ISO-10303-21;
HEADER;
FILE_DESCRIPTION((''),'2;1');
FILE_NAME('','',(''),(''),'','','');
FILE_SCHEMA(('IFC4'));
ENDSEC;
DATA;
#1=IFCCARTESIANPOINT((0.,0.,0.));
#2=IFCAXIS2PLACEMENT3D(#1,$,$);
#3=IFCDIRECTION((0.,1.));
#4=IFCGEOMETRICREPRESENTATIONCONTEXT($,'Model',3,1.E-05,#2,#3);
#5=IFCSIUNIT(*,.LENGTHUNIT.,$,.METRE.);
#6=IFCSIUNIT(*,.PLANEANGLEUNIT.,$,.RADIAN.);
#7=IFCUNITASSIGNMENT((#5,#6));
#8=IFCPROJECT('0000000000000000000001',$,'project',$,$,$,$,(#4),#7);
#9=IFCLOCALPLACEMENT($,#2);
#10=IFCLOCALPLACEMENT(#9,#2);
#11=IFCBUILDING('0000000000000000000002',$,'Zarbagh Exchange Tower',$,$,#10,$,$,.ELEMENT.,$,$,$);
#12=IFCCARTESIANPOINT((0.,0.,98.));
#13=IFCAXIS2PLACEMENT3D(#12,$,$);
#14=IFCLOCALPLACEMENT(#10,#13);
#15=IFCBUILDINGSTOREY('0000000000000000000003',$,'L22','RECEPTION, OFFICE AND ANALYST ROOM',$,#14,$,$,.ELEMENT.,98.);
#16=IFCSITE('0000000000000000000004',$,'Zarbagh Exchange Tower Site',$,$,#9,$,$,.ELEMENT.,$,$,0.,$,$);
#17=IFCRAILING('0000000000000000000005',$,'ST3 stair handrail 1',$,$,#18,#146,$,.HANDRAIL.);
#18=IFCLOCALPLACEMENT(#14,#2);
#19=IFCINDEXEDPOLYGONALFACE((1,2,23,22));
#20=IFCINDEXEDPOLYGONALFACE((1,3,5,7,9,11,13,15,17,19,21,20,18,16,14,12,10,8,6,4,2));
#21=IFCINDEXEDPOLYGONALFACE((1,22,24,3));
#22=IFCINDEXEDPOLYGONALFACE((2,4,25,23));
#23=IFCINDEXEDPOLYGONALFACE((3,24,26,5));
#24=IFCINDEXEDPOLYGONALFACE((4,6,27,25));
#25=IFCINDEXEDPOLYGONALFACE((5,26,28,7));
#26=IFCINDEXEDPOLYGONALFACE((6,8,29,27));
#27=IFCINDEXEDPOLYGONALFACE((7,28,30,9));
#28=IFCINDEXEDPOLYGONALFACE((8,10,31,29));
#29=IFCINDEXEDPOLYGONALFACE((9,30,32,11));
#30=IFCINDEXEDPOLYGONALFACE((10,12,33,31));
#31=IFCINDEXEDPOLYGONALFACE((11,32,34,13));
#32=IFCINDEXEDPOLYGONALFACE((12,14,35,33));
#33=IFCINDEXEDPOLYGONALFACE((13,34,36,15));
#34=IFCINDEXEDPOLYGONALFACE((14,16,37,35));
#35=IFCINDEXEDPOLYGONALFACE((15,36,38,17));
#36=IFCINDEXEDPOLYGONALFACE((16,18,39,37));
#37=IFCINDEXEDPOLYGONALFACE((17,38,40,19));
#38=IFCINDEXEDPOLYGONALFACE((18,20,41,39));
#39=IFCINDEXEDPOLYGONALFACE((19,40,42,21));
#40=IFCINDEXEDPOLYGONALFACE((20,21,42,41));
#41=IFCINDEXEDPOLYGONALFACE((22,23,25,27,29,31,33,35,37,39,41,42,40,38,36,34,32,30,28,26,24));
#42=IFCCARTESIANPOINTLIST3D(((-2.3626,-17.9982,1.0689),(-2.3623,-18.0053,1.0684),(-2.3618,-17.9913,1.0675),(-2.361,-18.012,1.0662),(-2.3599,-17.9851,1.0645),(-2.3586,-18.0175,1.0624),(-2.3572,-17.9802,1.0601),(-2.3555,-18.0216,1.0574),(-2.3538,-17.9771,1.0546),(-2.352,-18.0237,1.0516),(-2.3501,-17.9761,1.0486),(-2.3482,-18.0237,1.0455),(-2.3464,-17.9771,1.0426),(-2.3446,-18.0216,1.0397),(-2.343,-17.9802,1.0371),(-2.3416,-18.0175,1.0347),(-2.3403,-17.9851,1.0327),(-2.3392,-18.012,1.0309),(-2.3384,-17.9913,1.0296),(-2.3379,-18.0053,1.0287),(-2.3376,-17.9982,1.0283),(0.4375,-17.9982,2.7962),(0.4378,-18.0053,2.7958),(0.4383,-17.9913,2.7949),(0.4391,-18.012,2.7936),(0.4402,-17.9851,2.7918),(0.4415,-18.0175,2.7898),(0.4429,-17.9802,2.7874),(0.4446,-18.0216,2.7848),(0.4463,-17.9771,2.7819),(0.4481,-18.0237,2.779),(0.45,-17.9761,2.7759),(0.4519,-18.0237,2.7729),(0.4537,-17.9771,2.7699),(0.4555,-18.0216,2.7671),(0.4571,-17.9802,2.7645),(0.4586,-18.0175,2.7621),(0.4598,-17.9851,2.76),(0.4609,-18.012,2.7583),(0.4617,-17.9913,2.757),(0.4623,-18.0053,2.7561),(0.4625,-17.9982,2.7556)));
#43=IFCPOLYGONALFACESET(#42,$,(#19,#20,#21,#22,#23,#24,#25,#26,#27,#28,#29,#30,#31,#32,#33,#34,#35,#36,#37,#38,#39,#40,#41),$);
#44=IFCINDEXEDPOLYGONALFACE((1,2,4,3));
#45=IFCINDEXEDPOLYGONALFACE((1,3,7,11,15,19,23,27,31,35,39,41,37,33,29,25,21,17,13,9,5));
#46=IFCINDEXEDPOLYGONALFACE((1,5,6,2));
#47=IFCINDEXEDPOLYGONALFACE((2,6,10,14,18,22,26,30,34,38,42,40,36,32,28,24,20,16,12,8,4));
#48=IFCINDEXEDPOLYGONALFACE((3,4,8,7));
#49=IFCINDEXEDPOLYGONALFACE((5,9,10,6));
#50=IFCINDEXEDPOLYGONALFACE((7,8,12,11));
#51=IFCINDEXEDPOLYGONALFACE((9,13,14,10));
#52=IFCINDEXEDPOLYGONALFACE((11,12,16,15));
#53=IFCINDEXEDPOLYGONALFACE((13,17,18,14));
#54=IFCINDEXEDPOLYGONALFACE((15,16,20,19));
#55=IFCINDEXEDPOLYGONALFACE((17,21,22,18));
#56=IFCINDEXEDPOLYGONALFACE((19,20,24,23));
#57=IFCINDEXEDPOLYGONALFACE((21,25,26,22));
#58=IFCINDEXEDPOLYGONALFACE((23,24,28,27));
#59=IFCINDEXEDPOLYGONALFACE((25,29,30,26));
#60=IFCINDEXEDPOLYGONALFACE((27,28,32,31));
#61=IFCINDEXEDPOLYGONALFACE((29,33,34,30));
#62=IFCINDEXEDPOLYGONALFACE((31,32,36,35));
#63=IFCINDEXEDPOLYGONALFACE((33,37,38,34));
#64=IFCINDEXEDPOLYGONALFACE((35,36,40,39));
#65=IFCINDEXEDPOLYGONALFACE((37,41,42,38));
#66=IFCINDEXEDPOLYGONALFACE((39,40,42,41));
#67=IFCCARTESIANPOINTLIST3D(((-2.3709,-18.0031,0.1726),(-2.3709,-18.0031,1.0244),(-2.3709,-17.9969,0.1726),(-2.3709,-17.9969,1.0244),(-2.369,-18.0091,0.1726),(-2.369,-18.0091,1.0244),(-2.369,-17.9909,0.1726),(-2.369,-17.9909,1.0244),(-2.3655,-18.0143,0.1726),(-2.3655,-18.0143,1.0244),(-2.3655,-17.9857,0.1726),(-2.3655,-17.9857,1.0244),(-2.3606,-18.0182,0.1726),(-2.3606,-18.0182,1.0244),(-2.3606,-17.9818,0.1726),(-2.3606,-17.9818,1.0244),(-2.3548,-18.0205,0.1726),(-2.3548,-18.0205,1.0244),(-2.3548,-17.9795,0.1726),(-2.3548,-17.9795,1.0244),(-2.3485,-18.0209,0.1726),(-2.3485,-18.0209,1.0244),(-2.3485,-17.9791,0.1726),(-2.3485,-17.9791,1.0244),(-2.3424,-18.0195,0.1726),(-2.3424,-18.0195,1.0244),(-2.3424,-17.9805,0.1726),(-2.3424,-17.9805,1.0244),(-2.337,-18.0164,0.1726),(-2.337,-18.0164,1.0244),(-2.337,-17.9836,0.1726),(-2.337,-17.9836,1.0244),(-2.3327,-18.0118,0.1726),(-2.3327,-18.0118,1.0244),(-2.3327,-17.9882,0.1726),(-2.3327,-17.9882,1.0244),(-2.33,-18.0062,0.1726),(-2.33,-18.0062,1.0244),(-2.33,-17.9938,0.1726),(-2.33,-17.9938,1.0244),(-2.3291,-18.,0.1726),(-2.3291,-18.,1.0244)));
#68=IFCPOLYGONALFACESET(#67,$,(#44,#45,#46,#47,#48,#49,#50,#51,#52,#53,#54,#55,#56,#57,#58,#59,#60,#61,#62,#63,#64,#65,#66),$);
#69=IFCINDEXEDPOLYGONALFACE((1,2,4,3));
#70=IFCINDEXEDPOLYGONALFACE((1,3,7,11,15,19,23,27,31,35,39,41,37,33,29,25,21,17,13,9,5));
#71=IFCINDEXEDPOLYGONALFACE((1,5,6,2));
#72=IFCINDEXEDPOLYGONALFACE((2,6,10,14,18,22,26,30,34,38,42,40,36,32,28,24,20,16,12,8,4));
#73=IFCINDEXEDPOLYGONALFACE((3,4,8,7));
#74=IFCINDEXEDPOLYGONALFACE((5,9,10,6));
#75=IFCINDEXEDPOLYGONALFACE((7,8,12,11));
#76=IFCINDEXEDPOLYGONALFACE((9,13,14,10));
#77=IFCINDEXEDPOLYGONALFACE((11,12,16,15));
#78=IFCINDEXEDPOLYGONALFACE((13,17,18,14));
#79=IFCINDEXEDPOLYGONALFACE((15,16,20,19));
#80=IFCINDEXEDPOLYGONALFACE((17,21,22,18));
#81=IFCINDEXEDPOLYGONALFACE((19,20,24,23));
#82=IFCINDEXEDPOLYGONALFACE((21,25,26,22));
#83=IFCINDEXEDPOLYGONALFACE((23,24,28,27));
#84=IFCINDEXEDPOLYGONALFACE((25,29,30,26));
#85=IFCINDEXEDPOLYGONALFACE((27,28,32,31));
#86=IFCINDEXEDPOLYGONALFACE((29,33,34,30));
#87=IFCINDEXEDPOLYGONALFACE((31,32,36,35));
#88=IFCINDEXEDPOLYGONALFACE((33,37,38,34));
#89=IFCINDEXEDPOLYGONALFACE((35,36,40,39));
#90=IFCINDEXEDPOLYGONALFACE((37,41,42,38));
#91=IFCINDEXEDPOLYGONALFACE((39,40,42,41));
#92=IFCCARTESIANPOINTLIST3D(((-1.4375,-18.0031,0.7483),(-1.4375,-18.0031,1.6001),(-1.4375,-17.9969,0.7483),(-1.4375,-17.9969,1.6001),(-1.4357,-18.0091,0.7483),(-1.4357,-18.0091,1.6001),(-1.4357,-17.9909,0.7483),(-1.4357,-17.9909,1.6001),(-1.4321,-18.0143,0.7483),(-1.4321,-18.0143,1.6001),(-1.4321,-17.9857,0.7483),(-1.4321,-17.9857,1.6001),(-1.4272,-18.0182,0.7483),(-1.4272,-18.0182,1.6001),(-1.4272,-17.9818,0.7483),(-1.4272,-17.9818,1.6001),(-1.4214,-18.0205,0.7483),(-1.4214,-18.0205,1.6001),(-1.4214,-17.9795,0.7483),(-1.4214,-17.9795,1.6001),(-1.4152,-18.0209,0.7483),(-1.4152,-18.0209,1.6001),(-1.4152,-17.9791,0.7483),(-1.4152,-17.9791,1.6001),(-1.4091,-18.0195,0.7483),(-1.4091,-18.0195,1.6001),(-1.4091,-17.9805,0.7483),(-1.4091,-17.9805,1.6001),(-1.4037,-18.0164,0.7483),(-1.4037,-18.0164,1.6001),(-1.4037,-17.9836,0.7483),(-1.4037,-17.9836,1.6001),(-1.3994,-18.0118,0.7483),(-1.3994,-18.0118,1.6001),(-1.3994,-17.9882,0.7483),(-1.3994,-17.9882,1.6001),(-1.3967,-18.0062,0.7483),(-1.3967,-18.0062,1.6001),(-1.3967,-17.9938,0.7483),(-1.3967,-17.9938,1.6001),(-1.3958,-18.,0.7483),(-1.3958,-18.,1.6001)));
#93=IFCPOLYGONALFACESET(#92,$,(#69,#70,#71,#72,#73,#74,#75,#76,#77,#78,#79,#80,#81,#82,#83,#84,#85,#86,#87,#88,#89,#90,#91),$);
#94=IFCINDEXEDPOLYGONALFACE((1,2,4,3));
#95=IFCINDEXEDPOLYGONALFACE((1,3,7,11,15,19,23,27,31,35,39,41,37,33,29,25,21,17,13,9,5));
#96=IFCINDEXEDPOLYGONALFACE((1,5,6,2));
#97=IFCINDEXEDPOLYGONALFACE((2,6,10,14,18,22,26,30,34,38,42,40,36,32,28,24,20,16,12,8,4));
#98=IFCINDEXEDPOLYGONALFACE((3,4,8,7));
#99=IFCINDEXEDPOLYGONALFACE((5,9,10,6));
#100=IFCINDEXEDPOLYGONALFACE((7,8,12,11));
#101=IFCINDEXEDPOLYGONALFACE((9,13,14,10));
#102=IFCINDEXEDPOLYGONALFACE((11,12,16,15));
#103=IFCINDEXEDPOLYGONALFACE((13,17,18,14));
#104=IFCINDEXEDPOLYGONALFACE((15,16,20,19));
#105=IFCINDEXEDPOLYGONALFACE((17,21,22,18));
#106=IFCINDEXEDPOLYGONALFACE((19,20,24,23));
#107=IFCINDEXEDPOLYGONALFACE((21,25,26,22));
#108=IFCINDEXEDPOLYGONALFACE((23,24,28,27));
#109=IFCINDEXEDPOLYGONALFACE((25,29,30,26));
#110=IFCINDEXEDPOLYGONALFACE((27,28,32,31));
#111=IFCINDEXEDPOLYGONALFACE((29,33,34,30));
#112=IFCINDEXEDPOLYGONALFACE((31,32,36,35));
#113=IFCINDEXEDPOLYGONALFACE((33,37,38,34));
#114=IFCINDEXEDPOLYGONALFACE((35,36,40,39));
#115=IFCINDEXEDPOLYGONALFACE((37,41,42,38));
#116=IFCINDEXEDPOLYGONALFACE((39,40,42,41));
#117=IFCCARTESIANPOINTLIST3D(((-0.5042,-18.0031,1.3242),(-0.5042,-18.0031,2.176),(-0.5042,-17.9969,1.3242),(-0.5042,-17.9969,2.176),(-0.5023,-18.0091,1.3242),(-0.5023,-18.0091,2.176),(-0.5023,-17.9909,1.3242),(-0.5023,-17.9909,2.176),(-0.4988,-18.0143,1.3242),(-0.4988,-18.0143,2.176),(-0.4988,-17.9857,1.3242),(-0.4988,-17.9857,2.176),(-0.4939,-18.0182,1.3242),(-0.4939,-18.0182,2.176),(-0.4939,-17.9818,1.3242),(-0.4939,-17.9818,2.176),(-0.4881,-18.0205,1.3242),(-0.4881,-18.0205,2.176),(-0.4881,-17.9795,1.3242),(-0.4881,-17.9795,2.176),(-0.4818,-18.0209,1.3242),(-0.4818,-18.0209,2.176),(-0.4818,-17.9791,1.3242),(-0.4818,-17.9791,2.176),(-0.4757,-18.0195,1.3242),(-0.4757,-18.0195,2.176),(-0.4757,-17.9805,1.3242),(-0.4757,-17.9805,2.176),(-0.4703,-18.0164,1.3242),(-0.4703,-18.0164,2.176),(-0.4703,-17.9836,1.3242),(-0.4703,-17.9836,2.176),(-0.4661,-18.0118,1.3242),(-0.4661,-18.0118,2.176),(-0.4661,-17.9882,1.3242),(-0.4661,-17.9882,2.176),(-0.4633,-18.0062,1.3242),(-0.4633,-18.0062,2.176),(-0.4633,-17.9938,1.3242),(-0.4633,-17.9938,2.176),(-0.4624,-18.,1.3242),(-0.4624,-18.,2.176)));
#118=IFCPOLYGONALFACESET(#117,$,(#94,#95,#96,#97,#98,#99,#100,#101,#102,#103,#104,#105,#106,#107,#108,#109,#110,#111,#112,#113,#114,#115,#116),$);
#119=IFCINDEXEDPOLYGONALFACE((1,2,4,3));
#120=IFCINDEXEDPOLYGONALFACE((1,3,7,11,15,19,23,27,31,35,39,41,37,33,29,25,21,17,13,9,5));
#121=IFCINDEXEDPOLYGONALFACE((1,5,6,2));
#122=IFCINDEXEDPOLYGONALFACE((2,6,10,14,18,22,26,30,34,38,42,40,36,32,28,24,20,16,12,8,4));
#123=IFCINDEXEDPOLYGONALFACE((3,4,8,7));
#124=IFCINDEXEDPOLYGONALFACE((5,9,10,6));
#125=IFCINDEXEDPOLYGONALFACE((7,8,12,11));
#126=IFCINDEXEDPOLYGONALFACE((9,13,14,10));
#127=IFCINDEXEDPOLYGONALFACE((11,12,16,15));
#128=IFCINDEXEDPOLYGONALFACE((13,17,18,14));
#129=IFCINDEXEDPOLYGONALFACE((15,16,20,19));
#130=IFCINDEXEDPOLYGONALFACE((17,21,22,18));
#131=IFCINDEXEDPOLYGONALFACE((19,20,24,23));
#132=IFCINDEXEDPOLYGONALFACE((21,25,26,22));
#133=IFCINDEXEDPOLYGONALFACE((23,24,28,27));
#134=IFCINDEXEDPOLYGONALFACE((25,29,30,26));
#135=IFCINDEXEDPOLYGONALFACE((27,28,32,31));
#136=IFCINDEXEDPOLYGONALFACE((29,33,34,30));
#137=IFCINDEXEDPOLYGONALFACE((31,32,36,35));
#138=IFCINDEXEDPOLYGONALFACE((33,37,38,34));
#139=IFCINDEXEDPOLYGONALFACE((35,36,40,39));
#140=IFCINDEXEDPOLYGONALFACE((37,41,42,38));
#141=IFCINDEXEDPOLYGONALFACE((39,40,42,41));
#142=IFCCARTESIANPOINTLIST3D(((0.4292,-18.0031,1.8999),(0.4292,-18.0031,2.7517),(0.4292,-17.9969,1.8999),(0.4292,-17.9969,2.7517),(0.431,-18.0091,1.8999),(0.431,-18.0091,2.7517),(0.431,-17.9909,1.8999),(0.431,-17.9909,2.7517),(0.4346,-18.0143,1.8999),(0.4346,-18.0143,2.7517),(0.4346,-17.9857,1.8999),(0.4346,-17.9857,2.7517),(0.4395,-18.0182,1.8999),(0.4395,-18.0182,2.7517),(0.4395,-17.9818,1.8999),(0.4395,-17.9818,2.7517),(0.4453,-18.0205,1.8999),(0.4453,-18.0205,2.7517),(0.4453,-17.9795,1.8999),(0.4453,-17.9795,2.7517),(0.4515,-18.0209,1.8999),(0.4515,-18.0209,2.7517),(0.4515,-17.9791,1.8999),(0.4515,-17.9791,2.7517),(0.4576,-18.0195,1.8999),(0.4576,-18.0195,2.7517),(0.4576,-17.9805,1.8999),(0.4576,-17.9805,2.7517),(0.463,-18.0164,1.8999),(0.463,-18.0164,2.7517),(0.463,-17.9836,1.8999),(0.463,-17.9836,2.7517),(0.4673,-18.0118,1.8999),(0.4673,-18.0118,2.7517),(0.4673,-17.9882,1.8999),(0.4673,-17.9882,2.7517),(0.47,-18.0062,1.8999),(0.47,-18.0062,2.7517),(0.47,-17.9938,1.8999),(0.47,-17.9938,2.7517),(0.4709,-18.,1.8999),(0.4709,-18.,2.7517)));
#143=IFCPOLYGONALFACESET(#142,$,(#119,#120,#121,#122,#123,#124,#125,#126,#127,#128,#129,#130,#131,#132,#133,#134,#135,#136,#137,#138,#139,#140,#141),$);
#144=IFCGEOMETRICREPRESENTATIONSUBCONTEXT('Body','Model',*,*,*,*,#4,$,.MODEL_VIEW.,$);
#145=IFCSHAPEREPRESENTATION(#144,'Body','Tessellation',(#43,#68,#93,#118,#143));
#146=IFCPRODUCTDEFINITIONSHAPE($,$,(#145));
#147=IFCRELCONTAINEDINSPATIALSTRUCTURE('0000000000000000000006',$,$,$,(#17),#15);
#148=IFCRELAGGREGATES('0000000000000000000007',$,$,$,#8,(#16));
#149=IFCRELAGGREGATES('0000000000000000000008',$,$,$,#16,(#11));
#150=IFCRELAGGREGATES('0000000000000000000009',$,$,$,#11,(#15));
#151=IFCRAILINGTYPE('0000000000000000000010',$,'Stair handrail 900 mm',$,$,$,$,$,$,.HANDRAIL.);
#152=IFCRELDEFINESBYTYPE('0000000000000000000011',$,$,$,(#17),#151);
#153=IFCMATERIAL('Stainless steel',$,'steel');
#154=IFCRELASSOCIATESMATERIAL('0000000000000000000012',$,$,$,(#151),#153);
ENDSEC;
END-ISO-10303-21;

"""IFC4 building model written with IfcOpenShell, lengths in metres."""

from ifc_helpers import new_model, si_unit, direction, frame, origin, origin_2d, place, context, subcontext, project, spatial, circle, extrude, material, type_object, element, save


model = new_model("IFC4")

# Units and contexts
model_context = context("Model", 3, precision=1e-05, world=origin(), true_north=direction((0.0, 1.0)))
body_context = subcontext(model_context, "Body", "Model", "MODEL_VIEW")
ifc_project = project(units=[si_unit("LENGTHUNIT", "METRE"), si_unit("PLANEANGLEUNIT", "RADIAN")], contexts=[model_context])

# Site, building, storey
site_placement = place(None, origin())
site = spatial("IfcSite", under=ifc_project, at=site_placement, Name="Zarbagh Exchange Tower Site", CompositionType="ELEMENT", RefElevation=0.0)
building_placement = place(site_placement, origin())
building = spatial("IfcBuilding", under=site, at=building_placement, Name="Zarbagh Exchange Tower", CompositionType="ELEMENT")
storey_placement = place(building_placement, frame((0.0, 0.0, 98.0)))
storey = spatial("IfcBuildingStorey", under=building, at=storey_placement, Name="L22", Description="RECEPTION, OFFICE AND ANALYST ROOM", CompositionType="ELEMENT", Elevation=98.0)

# Shared definitions
ifc_material_1 = material(Name="Stainless steel", Category="steel")

# Railing
railing_type = type_object("IfcRailingType", Name="Stair handrail 900 mm", PredefinedType="HANDRAIL", material=ifc_material_1)
for number, where, name in (
    (1, (-2.3501, -18.0, 0.1726), "ST3 stair handrail 1"),
):
    element("IfcRailing", number, at=place(storey_placement, frame(where)), inside=storey, type_object=railing_type, Name=name, PredefinedType="HANDRAIL", context=body_context, shape_type="SweptSolid", body=[
        extrude(circle(Radius=0.0239, at=origin_2d()), frame((0.0, 0.0, 0.876), z_axis=(0.85109, 0.0, 0.52502), x_axis=(0.0, 1.0, 0.0)), (0.0, 0.0, 1.0), 3.29),
        extrude(circle(Radius=0.021, at=origin_2d()), origin(), (0.0, 0.0, 1.0), 0.8518),
        extrude(circle(Radius=0.021, at=origin_2d()), frame((0.9333, 0.0, 0.5757)), (0.0, 0.0, 1.0), 0.8518),
        extrude(circle(Radius=0.021, at=origin_2d()), frame((1.8667, 0.0, 1.1516)), (0.0, 0.0, 1.0), 0.8518),
        extrude(circle(Radius=0.021, at=origin_2d()), frame((2.8, 0.0, 1.7273)), (0.0, 0.0, 1.0), 0.8518),
    ])

save(model, "model.ifc")
